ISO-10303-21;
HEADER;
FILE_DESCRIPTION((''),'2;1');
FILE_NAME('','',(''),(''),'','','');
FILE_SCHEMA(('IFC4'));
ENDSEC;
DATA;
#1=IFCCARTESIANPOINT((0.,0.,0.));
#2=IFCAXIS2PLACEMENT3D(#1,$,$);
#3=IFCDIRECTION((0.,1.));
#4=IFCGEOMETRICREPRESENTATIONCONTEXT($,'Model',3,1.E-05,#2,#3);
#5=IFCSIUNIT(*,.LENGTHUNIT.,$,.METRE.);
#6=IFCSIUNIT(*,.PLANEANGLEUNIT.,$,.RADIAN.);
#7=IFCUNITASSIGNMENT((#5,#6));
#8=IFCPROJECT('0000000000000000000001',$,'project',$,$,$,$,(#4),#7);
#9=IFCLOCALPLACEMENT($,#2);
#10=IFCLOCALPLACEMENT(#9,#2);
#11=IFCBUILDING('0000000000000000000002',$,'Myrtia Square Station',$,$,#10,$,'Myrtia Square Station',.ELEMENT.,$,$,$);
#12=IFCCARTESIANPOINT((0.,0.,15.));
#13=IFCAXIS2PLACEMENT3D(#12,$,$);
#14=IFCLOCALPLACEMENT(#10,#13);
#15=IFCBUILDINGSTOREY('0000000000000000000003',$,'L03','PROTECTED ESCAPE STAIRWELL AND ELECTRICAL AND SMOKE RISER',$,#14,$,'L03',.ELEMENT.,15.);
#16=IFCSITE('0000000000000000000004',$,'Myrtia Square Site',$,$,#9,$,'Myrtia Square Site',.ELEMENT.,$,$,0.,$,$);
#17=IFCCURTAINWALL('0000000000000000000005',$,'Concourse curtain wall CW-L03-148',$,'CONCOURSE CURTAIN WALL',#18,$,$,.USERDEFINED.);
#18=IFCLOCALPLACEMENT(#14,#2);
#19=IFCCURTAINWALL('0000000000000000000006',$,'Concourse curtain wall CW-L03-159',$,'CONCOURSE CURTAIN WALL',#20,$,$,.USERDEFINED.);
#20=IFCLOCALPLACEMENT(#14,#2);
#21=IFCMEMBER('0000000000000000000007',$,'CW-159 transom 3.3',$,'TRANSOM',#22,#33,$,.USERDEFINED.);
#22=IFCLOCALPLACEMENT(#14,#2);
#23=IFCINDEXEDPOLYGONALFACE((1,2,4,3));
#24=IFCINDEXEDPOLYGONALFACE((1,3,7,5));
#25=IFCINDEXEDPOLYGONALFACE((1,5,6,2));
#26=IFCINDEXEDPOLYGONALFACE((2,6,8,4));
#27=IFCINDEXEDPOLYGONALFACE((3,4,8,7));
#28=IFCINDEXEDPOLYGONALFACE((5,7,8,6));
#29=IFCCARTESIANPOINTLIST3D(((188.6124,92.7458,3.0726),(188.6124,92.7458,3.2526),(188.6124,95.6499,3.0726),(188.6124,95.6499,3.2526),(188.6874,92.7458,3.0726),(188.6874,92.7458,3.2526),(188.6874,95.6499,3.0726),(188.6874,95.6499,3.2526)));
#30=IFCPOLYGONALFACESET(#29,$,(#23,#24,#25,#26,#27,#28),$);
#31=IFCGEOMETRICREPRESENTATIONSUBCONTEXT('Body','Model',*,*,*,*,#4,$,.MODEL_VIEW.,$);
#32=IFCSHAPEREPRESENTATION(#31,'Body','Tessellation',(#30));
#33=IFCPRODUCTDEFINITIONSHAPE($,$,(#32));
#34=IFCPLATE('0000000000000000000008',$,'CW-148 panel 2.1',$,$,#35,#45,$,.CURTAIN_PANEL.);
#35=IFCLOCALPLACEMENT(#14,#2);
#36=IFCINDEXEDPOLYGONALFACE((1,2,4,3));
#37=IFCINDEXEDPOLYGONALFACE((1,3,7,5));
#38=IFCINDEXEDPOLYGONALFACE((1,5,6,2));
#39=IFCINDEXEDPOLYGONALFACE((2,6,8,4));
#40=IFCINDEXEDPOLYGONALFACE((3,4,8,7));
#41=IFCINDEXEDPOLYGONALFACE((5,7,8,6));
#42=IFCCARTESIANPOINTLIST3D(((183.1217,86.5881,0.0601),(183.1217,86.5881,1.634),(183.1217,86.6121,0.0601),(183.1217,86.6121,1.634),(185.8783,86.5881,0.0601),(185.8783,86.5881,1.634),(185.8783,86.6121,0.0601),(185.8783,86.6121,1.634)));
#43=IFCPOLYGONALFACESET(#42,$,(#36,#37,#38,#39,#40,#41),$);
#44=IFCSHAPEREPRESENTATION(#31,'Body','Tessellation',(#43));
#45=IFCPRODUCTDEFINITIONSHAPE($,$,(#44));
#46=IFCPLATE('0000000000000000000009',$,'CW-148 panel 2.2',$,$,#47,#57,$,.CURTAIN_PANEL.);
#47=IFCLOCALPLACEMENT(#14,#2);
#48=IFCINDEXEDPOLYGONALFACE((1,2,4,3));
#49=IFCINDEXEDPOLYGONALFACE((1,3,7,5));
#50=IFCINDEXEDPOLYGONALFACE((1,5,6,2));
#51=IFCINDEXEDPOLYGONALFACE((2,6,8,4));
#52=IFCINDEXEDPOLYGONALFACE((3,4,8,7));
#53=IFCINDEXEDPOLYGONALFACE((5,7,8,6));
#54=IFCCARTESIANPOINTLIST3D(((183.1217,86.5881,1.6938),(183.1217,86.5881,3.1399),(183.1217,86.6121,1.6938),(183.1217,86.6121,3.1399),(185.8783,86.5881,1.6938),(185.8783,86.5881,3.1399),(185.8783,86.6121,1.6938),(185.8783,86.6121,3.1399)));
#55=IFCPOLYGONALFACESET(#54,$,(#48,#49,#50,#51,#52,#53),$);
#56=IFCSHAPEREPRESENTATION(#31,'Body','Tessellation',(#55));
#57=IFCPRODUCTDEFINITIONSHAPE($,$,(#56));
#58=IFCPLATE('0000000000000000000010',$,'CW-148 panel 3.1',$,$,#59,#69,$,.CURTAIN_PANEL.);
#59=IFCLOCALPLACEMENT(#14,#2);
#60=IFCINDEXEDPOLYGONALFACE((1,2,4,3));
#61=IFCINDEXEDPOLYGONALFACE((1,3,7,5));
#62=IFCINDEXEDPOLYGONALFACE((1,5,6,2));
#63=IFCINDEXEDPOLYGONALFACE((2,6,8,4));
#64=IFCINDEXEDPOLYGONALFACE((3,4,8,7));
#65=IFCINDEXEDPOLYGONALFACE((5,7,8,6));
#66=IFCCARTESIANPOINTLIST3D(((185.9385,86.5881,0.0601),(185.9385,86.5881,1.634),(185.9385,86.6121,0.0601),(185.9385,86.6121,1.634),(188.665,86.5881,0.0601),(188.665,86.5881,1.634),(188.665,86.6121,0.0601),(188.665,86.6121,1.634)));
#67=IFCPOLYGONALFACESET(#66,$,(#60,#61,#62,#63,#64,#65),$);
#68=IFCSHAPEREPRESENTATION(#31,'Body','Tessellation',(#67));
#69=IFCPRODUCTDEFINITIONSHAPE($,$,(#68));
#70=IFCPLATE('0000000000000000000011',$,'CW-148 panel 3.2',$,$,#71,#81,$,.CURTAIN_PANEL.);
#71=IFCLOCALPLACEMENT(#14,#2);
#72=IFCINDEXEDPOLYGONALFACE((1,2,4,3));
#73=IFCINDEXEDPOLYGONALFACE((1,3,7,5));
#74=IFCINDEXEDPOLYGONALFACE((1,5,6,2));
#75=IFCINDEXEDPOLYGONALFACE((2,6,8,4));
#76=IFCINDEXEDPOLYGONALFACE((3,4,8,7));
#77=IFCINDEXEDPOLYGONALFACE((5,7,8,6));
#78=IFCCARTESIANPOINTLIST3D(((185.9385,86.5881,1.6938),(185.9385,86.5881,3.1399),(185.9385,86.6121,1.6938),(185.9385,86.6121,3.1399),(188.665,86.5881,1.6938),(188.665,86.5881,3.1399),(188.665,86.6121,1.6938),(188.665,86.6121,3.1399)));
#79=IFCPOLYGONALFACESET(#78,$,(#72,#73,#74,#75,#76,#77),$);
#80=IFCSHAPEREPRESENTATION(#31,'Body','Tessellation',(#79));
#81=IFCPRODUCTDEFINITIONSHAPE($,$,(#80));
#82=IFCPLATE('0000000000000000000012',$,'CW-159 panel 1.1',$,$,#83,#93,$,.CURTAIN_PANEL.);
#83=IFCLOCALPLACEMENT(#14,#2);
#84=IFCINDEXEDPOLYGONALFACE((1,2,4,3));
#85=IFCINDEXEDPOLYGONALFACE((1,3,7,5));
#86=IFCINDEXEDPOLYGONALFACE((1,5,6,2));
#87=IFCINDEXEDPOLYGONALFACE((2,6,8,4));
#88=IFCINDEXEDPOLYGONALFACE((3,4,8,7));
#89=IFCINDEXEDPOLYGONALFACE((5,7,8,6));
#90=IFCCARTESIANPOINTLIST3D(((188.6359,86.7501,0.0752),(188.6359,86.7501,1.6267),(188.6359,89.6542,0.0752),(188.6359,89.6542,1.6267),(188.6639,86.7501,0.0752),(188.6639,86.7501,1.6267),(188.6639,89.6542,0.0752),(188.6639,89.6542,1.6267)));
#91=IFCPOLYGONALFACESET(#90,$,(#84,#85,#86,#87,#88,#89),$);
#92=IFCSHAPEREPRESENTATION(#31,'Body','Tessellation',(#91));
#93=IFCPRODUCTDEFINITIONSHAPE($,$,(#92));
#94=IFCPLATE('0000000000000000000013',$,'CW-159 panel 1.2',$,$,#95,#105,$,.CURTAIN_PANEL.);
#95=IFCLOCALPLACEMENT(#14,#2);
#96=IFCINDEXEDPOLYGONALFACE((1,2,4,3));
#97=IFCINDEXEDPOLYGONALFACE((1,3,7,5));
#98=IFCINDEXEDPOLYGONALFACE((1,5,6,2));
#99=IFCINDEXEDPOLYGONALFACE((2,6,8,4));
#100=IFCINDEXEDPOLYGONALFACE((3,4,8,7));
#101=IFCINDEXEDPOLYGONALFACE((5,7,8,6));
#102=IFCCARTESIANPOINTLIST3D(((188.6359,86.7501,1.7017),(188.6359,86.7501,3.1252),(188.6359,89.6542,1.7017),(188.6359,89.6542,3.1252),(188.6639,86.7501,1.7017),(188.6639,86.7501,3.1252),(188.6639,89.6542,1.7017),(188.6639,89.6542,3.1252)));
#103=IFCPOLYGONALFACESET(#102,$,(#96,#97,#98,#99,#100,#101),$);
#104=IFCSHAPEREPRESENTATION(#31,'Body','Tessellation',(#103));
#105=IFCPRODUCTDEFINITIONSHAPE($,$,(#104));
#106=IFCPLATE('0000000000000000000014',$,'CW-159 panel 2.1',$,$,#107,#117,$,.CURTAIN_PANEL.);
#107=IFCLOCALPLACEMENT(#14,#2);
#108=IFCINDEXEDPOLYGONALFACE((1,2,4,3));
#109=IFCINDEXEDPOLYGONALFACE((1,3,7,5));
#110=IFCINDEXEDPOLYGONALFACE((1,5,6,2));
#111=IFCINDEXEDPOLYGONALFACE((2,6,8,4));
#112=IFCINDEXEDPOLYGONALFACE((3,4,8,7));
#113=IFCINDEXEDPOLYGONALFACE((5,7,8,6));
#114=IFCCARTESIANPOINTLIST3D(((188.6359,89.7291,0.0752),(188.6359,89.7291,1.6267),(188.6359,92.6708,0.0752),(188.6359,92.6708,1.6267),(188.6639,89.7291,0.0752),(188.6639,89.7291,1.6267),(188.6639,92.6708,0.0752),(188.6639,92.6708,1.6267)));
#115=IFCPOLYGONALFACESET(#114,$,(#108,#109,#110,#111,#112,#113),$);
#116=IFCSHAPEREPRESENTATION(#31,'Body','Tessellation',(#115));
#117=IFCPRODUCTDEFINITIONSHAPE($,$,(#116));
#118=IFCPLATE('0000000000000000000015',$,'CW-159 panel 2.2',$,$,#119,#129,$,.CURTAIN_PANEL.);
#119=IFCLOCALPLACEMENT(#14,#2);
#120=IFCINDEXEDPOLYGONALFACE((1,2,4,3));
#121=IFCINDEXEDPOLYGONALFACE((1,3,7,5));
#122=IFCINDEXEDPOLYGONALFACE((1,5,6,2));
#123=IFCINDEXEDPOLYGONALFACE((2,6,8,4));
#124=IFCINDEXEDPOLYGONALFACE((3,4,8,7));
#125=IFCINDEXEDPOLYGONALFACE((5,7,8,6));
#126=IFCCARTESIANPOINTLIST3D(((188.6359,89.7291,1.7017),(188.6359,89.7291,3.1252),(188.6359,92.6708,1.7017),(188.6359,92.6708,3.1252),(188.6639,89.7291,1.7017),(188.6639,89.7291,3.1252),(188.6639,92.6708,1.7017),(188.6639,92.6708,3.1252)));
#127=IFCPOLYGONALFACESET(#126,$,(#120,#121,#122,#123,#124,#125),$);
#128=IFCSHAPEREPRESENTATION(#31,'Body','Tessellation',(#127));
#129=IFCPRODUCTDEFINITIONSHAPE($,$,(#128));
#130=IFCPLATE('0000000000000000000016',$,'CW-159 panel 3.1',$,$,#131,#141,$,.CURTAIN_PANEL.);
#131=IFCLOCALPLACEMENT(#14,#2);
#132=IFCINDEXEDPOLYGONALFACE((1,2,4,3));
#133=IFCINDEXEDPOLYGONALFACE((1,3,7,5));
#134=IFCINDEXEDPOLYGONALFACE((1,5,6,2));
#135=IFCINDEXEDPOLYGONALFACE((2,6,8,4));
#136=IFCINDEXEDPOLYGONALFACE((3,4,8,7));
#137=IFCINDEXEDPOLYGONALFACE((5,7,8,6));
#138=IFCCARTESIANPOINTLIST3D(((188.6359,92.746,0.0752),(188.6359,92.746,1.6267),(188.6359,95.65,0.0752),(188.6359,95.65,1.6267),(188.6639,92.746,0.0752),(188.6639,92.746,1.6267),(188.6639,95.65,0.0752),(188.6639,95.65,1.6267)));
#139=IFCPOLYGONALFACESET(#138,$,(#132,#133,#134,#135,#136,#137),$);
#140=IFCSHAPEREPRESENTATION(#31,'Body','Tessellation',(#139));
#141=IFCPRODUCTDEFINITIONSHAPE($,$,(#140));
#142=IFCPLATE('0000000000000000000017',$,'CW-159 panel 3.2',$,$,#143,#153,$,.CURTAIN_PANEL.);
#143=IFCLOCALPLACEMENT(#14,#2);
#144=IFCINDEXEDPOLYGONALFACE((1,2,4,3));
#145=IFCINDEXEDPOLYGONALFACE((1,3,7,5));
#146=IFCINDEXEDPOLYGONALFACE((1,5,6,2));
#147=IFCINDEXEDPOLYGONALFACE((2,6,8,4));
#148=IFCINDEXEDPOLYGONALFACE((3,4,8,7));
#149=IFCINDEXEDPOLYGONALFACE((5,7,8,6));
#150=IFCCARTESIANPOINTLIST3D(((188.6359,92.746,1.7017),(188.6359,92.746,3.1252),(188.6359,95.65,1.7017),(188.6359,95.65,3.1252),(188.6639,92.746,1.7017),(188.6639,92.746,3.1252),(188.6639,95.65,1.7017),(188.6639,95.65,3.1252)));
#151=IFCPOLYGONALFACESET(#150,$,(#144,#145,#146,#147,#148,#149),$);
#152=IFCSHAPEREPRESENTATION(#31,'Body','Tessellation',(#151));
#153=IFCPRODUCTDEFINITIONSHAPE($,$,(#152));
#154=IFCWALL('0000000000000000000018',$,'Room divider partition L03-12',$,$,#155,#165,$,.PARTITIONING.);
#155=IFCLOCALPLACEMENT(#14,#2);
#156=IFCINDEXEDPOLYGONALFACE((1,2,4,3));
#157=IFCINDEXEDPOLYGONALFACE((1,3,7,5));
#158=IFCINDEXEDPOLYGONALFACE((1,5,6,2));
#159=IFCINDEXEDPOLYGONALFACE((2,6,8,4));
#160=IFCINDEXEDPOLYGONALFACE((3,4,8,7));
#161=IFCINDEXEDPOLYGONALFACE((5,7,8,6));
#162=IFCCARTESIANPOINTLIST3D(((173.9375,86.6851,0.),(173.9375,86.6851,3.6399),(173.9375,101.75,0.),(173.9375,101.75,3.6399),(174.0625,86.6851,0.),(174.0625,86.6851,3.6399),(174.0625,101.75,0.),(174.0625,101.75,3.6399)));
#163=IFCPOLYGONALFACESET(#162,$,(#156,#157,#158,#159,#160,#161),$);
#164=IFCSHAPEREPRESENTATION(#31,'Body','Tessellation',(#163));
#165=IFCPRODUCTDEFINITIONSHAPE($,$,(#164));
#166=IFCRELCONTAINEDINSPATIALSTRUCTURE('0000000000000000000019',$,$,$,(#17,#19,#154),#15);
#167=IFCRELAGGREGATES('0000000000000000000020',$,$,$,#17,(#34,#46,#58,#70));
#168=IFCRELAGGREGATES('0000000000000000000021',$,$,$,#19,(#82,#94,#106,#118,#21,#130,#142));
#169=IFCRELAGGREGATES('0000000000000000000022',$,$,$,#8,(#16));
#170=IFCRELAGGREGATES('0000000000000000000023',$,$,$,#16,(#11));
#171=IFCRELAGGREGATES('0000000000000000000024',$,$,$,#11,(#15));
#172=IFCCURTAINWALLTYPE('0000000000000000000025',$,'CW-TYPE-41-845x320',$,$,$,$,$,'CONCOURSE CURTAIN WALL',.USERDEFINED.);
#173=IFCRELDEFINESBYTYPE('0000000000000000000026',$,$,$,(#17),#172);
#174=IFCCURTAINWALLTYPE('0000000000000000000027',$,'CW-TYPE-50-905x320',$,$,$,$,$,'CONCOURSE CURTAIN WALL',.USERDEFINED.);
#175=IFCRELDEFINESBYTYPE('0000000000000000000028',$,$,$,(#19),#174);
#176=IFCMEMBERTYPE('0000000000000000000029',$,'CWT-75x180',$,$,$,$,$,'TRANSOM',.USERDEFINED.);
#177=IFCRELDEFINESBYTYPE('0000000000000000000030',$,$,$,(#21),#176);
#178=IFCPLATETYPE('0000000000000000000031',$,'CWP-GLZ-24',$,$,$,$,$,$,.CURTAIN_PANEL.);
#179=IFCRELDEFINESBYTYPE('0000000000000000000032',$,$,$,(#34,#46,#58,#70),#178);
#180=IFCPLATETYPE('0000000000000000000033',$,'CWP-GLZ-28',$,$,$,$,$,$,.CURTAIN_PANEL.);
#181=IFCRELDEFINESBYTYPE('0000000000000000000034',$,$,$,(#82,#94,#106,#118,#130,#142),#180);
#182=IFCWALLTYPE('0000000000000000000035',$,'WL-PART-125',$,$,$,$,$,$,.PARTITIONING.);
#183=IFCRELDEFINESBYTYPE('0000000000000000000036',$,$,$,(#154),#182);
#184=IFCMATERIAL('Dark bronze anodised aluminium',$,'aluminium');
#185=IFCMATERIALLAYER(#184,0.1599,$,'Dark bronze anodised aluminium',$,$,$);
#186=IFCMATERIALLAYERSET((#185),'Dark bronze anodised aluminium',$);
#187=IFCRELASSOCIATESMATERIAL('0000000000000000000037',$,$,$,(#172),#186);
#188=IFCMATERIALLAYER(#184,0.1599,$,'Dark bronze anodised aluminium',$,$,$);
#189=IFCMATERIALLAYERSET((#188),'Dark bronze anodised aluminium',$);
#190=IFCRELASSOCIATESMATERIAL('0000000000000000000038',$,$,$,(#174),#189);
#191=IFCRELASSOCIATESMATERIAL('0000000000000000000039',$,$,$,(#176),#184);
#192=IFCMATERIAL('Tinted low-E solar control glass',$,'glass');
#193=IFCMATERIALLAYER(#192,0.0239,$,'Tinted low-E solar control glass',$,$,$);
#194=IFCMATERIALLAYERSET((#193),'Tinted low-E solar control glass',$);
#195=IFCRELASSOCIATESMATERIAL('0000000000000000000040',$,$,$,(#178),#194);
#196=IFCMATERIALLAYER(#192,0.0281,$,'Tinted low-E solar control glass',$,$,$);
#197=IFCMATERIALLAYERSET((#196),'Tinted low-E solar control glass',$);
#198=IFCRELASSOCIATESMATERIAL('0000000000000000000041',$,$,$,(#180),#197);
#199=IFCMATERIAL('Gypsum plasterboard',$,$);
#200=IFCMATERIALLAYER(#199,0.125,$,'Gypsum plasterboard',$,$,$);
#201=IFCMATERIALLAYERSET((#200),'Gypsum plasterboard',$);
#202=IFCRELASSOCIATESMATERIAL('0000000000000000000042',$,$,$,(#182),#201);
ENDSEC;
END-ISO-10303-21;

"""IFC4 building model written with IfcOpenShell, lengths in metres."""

from ifc_helpers import new_model, si_unit, direction, frame, frame_2d, origin, origin_2d, place, context, subcontext, project, spatial, rectangle, extrude, material, layer, layer_set, material_profile, profile_set, type_object, element, aggregate, save


model = new_model("IFC4")

# Units and contexts
model_context = context("Model", 3, precision=1e-05, world=origin(), true_north=direction((0.0, 1.0)))
body_context = subcontext(model_context, "Body", "Model", "MODEL_VIEW")
ifc_project = project(units=[si_unit("LENGTHUNIT", "METRE"), si_unit("PLANEANGLEUNIT", "RADIAN")], contexts=[model_context])

# Site, building, storey
site_placement = place(None, origin())
site = spatial("IfcSite", under=ifc_project, at=site_placement, Name="Myrtia Square Site", LongName="Myrtia Square Site", CompositionType="ELEMENT", RefElevation=0.0)
building_placement = place(site_placement, origin())
building = spatial("IfcBuilding", under=site, at=building_placement, Name="Myrtia Square Station", LongName="Myrtia Square Station", CompositionType="ELEMENT")
storey_placement = place(building_placement, frame((0.0, 0.0, 15.0)))
storey = spatial("IfcBuildingStorey", under=building, at=storey_placement, Name="L03", Description="PROTECTED ESCAPE STAIRWELL AND ELECTRICAL AND SMOKE RISER", LongName="L03", CompositionType="ELEMENT", Elevation=15.0)

# Curtain walls
ifc_material_1 = material(Name="Dark bronze anodised aluminium", Category="aluminium")
ifc_layer_1 = layer(ifc_material_1, 0.1599, Name="Dark bronze anodised aluminium")
ifc_layer_set_1 = layer_set([ifc_layer_1], Name="Dark bronze anodised aluminium")
curtain_wall_type_1 = type_object("IfcCurtainWallType", Name="CW-TYPE-41-845x320", ElementType="CONCOURSE CURTAIN WALL", PredefinedType="USERDEFINED", material=ifc_layer_set_1)
curtain_wall_1_placement = place(storey_placement, origin())
curtain_wall_1 = element("IfcCurtainWall", 1, at=curtain_wall_1_placement, inside=storey, type_object=curtain_wall_type_1, Name="Concourse curtain wall CW-L03-148", ObjectType="CONCOURSE CURTAIN WALL", PredefinedType="USERDEFINED")
ifc_layer_2 = layer(ifc_material_1, 0.1599, Name="Dark bronze anodised aluminium")
ifc_layer_set_2 = layer_set([ifc_layer_2], Name="Dark bronze anodised aluminium")
curtain_wall_type_2 = type_object("IfcCurtainWallType", Name="CW-TYPE-50-905x320", ElementType="CONCOURSE CURTAIN WALL", PredefinedType="USERDEFINED", material=ifc_layer_set_2)
curtain_wall_2_placement = place(storey_placement, origin())
curtain_wall_2 = element("IfcCurtainWall", 2, at=curtain_wall_2_placement, inside=storey, type_object=curtain_wall_type_2, Name="Concourse curtain wall CW-L03-159", ObjectType="CONCOURSE CURTAIN WALL", PredefinedType="USERDEFINED")

# Member
ifc_material_profile_1 = material_profile(ifc_material_1, rectangle(XDim=0.075, YDim=0.1799, at=origin_2d()), Name="ALU-T 75x180")
ifc_profile_set_1 = profile_set([ifc_material_profile_1], Name="Dark bronze anodised aluminium")
member_type_1 = type_object("IfcMemberType", Name="CWT-75x180", ElementType="TRANSOM", PredefinedType="USERDEFINED", material=ifc_profile_set_1)
member_1_placement = place(storey_placement, frame((188.6499, 92.7458, 3.1626), z_axis=(0.0, 1.0, 0.0), x_axis=(-1.0, 0.0, 0.0)))
member_1 = element("IfcMember", 3, at=member_1_placement, type_object=member_type_1, Name="CW-159 transom 3.3", ObjectType="TRANSOM", PredefinedType="USERDEFINED", context=body_context, shape_type="SweptSolid", body=[
    extrude(rectangle(XDim=0.075, YDim=0.1799, at=origin_2d()), origin(), (0.0, 0.0, 1.0), 2.9041),
])

# Plates
ifc_material_2 = material(Name="Tinted low-E solar control glass", Category="glass")
ifc_layer_3 = layer(ifc_material_2, 0.0239, Name="Tinted low-E solar control glass")
ifc_layer_set_3 = layer_set([ifc_layer_3], Name="Tinted low-E solar control glass")
plate_type_1 = type_object("IfcPlateType", Name="CWP-GLZ-24", PredefinedType="CURTAIN_PANEL", material=ifc_layer_set_3)
plate_1_placement = place(storey_placement, frame((184.5, 86.6001, 0.0601), z_axis=(0.0, 0.0, 1.0), x_axis=(1.0, 0.0, 0.0)))
plate_1 = element("IfcPlate", 4, at=plate_1_placement, type_object=plate_type_1, Name="CW-148 panel 2.1", PredefinedType="CURTAIN_PANEL", context=body_context, shape_type="SweptSolid", body=[
    extrude(rectangle(XDim=2.7566, YDim=0.0239, at=origin_2d()), origin(), (0.0, 0.0, 1.0), 1.574),
])
plate_2_placement = place(storey_placement, frame((184.5, 86.6001, 1.6938), z_axis=(0.0, 0.0, 1.0), x_axis=(1.0, 0.0, 0.0)))
plate_2 = element("IfcPlate", 5, at=plate_2_placement, type_object=plate_type_1, Name="CW-148 panel 2.2", PredefinedType="CURTAIN_PANEL", context=body_context, shape_type="SweptSolid", body=[
    extrude(rectangle(XDim=2.7566, YDim=0.0239, at=origin_2d()), origin(), (0.0, 0.0, 1.0), 1.446),
])
plate_3_placement = place(storey_placement, frame((187.3018, 86.6001, 0.0601), z_axis=(0.0, 0.0, 1.0), x_axis=(1.0, 0.0, 0.0)))
plate_3 = element("IfcPlate", 6, at=plate_3_placement, type_object=plate_type_1, Name="CW-148 panel 3.1", PredefinedType="CURTAIN_PANEL", context=body_context, shape_type="SweptSolid", body=[
    extrude(rectangle(XDim=2.7266, YDim=0.0239, at=origin_2d()), origin(), (0.0, 0.0, 1.0), 1.574),
])
plate_4_placement = place(storey_placement, frame((187.3018, 86.6001, 1.6938), z_axis=(0.0, 0.0, 1.0), x_axis=(1.0, 0.0, 0.0)))
plate_4 = element("IfcPlate", 7, at=plate_4_placement, type_object=plate_type_1, Name="CW-148 panel 3.2", PredefinedType="CURTAIN_PANEL", context=body_context, shape_type="SweptSolid", body=[
    extrude(rectangle(XDim=2.7266, YDim=0.0239, at=origin_2d()), origin(), (0.0, 0.0, 1.0), 1.446),
])
aggregate(curtain_wall_1, [plate_1, plate_2, plate_3, plate_4])
ifc_layer_4 = layer(ifc_material_2, 0.0281, Name="Tinted low-E solar control glass")
ifc_layer_set_4 = layer_set([ifc_layer_4], Name="Tinted low-E solar control glass")
plate_type_2 = type_object("IfcPlateType", Name="CWP-GLZ-28", PredefinedType="CURTAIN_PANEL", material=ifc_layer_set_4)
plate_5_placement = place(storey_placement, frame((188.6499, 88.2021, 0.0752), z_axis=(0.0, 0.0, 1.0), x_axis=(0.0, 1.0, 0.0)))
plate_5 = element("IfcPlate", 8, at=plate_5_placement, type_object=plate_type_2, Name="CW-159 panel 1.1", PredefinedType="CURTAIN_PANEL", context=body_context, shape_type="SweptSolid", body=[
    extrude(rectangle(XDim=2.9041, YDim=0.0281, at=origin_2d()), origin(), (0.0, 0.0, 1.0), 1.5515),
])
plate_6_placement = place(storey_placement, frame((188.6499, 88.2021, 1.7017), z_axis=(0.0, 0.0, 1.0), x_axis=(0.0, 1.0, 0.0)))
plate_6 = element("IfcPlate", 9, at=plate_6_placement, type_object=plate_type_2, Name="CW-159 panel 1.2", PredefinedType="CURTAIN_PANEL", context=body_context, shape_type="SweptSolid", body=[
    extrude(rectangle(XDim=2.9041, YDim=0.0281, at=origin_2d()), origin(), (0.0, 0.0, 1.0), 1.4236),
])
plate_7_placement = place(storey_placement, frame((188.6499, 91.2, 0.0752), z_axis=(0.0, 0.0, 1.0), x_axis=(0.0, 1.0, 0.0)))
plate_7 = element("IfcPlate", 10, at=plate_7_placement, type_object=plate_type_2, Name="CW-159 panel 2.1", PredefinedType="CURTAIN_PANEL", context=body_context, shape_type="SweptSolid", body=[
    extrude(rectangle(XDim=2.9417, YDim=0.0281, at=origin_2d()), origin(), (0.0, 0.0, 1.0), 1.5515),
])
plate_8_placement = place(storey_placement, frame((188.6499, 91.2, 1.7017), z_axis=(0.0, 0.0, 1.0), x_axis=(0.0, 1.0, 0.0)))
plate_8 = element("IfcPlate", 11, at=plate_8_placement, type_object=plate_type_2, Name="CW-159 panel 2.2", PredefinedType="CURTAIN_PANEL", context=body_context, shape_type="SweptSolid", body=[
    extrude(rectangle(XDim=2.9417, YDim=0.0281, at=origin_2d()), origin(), (0.0, 0.0, 1.0), 1.4236),
])
plate_9_placement = place(storey_placement, frame((188.6499, 94.198, 0.0752), z_axis=(0.0, 0.0, 1.0), x_axis=(0.0, 1.0, 0.0)))
plate_9 = element("IfcPlate", 12, at=plate_9_placement, type_object=plate_type_2, Name="CW-159 panel 3.1", PredefinedType="CURTAIN_PANEL", context=body_context, shape_type="SweptSolid", body=[
    extrude(rectangle(XDim=2.9041, YDim=0.0281, at=origin_2d()), origin(), (0.0, 0.0, 1.0), 1.5515),
])
plate_10_placement = place(storey_placement, frame((188.6499, 94.198, 1.7017), z_axis=(0.0, 0.0, 1.0), x_axis=(0.0, 1.0, 0.0)))
plate_10 = element("IfcPlate", 13, at=plate_10_placement, type_object=plate_type_2, Name="CW-159 panel 3.2", PredefinedType="CURTAIN_PANEL", context=body_context, shape_type="SweptSolid", body=[
    extrude(rectangle(XDim=2.9041, YDim=0.0281, at=origin_2d()), origin(), (0.0, 0.0, 1.0), 1.4236),
])
aggregate(curtain_wall_2, [plate_5, plate_6, plate_7, plate_8, member_1, plate_9, plate_10])

# Wall
ifc_material_3 = material(Name="Gypsum plasterboard")
ifc_layer_5 = layer(ifc_material_3, 0.125, Name="Gypsum plasterboard")
ifc_layer_set_5 = layer_set([ifc_layer_5], Name="Gypsum plasterboard")
wall_type = type_object("IfcWallType", Name="WL-PART-125", PredefinedType="PARTITIONING", material=ifc_layer_set_5)
wall_placement = place(storey_placement, frame((174.0, 86.6851, 0.0), z_axis=(0.0, 0.0, 1.0), x_axis=(0.0, 1.0, 0.0)))
element("IfcWall", 14, at=wall_placement, inside=storey, type_object=wall_type, Name="Room divider partition L03-12", PredefinedType="PARTITIONING", context=body_context, shape_type="SweptSolid", body=[
    extrude(rectangle(XDim=15.0649, YDim=0.125, at=frame_2d((7.5325, 0.0))), origin(), (0.0, 0.0, 1.0), 3.6399),
])

save(model, "model.ifc")
